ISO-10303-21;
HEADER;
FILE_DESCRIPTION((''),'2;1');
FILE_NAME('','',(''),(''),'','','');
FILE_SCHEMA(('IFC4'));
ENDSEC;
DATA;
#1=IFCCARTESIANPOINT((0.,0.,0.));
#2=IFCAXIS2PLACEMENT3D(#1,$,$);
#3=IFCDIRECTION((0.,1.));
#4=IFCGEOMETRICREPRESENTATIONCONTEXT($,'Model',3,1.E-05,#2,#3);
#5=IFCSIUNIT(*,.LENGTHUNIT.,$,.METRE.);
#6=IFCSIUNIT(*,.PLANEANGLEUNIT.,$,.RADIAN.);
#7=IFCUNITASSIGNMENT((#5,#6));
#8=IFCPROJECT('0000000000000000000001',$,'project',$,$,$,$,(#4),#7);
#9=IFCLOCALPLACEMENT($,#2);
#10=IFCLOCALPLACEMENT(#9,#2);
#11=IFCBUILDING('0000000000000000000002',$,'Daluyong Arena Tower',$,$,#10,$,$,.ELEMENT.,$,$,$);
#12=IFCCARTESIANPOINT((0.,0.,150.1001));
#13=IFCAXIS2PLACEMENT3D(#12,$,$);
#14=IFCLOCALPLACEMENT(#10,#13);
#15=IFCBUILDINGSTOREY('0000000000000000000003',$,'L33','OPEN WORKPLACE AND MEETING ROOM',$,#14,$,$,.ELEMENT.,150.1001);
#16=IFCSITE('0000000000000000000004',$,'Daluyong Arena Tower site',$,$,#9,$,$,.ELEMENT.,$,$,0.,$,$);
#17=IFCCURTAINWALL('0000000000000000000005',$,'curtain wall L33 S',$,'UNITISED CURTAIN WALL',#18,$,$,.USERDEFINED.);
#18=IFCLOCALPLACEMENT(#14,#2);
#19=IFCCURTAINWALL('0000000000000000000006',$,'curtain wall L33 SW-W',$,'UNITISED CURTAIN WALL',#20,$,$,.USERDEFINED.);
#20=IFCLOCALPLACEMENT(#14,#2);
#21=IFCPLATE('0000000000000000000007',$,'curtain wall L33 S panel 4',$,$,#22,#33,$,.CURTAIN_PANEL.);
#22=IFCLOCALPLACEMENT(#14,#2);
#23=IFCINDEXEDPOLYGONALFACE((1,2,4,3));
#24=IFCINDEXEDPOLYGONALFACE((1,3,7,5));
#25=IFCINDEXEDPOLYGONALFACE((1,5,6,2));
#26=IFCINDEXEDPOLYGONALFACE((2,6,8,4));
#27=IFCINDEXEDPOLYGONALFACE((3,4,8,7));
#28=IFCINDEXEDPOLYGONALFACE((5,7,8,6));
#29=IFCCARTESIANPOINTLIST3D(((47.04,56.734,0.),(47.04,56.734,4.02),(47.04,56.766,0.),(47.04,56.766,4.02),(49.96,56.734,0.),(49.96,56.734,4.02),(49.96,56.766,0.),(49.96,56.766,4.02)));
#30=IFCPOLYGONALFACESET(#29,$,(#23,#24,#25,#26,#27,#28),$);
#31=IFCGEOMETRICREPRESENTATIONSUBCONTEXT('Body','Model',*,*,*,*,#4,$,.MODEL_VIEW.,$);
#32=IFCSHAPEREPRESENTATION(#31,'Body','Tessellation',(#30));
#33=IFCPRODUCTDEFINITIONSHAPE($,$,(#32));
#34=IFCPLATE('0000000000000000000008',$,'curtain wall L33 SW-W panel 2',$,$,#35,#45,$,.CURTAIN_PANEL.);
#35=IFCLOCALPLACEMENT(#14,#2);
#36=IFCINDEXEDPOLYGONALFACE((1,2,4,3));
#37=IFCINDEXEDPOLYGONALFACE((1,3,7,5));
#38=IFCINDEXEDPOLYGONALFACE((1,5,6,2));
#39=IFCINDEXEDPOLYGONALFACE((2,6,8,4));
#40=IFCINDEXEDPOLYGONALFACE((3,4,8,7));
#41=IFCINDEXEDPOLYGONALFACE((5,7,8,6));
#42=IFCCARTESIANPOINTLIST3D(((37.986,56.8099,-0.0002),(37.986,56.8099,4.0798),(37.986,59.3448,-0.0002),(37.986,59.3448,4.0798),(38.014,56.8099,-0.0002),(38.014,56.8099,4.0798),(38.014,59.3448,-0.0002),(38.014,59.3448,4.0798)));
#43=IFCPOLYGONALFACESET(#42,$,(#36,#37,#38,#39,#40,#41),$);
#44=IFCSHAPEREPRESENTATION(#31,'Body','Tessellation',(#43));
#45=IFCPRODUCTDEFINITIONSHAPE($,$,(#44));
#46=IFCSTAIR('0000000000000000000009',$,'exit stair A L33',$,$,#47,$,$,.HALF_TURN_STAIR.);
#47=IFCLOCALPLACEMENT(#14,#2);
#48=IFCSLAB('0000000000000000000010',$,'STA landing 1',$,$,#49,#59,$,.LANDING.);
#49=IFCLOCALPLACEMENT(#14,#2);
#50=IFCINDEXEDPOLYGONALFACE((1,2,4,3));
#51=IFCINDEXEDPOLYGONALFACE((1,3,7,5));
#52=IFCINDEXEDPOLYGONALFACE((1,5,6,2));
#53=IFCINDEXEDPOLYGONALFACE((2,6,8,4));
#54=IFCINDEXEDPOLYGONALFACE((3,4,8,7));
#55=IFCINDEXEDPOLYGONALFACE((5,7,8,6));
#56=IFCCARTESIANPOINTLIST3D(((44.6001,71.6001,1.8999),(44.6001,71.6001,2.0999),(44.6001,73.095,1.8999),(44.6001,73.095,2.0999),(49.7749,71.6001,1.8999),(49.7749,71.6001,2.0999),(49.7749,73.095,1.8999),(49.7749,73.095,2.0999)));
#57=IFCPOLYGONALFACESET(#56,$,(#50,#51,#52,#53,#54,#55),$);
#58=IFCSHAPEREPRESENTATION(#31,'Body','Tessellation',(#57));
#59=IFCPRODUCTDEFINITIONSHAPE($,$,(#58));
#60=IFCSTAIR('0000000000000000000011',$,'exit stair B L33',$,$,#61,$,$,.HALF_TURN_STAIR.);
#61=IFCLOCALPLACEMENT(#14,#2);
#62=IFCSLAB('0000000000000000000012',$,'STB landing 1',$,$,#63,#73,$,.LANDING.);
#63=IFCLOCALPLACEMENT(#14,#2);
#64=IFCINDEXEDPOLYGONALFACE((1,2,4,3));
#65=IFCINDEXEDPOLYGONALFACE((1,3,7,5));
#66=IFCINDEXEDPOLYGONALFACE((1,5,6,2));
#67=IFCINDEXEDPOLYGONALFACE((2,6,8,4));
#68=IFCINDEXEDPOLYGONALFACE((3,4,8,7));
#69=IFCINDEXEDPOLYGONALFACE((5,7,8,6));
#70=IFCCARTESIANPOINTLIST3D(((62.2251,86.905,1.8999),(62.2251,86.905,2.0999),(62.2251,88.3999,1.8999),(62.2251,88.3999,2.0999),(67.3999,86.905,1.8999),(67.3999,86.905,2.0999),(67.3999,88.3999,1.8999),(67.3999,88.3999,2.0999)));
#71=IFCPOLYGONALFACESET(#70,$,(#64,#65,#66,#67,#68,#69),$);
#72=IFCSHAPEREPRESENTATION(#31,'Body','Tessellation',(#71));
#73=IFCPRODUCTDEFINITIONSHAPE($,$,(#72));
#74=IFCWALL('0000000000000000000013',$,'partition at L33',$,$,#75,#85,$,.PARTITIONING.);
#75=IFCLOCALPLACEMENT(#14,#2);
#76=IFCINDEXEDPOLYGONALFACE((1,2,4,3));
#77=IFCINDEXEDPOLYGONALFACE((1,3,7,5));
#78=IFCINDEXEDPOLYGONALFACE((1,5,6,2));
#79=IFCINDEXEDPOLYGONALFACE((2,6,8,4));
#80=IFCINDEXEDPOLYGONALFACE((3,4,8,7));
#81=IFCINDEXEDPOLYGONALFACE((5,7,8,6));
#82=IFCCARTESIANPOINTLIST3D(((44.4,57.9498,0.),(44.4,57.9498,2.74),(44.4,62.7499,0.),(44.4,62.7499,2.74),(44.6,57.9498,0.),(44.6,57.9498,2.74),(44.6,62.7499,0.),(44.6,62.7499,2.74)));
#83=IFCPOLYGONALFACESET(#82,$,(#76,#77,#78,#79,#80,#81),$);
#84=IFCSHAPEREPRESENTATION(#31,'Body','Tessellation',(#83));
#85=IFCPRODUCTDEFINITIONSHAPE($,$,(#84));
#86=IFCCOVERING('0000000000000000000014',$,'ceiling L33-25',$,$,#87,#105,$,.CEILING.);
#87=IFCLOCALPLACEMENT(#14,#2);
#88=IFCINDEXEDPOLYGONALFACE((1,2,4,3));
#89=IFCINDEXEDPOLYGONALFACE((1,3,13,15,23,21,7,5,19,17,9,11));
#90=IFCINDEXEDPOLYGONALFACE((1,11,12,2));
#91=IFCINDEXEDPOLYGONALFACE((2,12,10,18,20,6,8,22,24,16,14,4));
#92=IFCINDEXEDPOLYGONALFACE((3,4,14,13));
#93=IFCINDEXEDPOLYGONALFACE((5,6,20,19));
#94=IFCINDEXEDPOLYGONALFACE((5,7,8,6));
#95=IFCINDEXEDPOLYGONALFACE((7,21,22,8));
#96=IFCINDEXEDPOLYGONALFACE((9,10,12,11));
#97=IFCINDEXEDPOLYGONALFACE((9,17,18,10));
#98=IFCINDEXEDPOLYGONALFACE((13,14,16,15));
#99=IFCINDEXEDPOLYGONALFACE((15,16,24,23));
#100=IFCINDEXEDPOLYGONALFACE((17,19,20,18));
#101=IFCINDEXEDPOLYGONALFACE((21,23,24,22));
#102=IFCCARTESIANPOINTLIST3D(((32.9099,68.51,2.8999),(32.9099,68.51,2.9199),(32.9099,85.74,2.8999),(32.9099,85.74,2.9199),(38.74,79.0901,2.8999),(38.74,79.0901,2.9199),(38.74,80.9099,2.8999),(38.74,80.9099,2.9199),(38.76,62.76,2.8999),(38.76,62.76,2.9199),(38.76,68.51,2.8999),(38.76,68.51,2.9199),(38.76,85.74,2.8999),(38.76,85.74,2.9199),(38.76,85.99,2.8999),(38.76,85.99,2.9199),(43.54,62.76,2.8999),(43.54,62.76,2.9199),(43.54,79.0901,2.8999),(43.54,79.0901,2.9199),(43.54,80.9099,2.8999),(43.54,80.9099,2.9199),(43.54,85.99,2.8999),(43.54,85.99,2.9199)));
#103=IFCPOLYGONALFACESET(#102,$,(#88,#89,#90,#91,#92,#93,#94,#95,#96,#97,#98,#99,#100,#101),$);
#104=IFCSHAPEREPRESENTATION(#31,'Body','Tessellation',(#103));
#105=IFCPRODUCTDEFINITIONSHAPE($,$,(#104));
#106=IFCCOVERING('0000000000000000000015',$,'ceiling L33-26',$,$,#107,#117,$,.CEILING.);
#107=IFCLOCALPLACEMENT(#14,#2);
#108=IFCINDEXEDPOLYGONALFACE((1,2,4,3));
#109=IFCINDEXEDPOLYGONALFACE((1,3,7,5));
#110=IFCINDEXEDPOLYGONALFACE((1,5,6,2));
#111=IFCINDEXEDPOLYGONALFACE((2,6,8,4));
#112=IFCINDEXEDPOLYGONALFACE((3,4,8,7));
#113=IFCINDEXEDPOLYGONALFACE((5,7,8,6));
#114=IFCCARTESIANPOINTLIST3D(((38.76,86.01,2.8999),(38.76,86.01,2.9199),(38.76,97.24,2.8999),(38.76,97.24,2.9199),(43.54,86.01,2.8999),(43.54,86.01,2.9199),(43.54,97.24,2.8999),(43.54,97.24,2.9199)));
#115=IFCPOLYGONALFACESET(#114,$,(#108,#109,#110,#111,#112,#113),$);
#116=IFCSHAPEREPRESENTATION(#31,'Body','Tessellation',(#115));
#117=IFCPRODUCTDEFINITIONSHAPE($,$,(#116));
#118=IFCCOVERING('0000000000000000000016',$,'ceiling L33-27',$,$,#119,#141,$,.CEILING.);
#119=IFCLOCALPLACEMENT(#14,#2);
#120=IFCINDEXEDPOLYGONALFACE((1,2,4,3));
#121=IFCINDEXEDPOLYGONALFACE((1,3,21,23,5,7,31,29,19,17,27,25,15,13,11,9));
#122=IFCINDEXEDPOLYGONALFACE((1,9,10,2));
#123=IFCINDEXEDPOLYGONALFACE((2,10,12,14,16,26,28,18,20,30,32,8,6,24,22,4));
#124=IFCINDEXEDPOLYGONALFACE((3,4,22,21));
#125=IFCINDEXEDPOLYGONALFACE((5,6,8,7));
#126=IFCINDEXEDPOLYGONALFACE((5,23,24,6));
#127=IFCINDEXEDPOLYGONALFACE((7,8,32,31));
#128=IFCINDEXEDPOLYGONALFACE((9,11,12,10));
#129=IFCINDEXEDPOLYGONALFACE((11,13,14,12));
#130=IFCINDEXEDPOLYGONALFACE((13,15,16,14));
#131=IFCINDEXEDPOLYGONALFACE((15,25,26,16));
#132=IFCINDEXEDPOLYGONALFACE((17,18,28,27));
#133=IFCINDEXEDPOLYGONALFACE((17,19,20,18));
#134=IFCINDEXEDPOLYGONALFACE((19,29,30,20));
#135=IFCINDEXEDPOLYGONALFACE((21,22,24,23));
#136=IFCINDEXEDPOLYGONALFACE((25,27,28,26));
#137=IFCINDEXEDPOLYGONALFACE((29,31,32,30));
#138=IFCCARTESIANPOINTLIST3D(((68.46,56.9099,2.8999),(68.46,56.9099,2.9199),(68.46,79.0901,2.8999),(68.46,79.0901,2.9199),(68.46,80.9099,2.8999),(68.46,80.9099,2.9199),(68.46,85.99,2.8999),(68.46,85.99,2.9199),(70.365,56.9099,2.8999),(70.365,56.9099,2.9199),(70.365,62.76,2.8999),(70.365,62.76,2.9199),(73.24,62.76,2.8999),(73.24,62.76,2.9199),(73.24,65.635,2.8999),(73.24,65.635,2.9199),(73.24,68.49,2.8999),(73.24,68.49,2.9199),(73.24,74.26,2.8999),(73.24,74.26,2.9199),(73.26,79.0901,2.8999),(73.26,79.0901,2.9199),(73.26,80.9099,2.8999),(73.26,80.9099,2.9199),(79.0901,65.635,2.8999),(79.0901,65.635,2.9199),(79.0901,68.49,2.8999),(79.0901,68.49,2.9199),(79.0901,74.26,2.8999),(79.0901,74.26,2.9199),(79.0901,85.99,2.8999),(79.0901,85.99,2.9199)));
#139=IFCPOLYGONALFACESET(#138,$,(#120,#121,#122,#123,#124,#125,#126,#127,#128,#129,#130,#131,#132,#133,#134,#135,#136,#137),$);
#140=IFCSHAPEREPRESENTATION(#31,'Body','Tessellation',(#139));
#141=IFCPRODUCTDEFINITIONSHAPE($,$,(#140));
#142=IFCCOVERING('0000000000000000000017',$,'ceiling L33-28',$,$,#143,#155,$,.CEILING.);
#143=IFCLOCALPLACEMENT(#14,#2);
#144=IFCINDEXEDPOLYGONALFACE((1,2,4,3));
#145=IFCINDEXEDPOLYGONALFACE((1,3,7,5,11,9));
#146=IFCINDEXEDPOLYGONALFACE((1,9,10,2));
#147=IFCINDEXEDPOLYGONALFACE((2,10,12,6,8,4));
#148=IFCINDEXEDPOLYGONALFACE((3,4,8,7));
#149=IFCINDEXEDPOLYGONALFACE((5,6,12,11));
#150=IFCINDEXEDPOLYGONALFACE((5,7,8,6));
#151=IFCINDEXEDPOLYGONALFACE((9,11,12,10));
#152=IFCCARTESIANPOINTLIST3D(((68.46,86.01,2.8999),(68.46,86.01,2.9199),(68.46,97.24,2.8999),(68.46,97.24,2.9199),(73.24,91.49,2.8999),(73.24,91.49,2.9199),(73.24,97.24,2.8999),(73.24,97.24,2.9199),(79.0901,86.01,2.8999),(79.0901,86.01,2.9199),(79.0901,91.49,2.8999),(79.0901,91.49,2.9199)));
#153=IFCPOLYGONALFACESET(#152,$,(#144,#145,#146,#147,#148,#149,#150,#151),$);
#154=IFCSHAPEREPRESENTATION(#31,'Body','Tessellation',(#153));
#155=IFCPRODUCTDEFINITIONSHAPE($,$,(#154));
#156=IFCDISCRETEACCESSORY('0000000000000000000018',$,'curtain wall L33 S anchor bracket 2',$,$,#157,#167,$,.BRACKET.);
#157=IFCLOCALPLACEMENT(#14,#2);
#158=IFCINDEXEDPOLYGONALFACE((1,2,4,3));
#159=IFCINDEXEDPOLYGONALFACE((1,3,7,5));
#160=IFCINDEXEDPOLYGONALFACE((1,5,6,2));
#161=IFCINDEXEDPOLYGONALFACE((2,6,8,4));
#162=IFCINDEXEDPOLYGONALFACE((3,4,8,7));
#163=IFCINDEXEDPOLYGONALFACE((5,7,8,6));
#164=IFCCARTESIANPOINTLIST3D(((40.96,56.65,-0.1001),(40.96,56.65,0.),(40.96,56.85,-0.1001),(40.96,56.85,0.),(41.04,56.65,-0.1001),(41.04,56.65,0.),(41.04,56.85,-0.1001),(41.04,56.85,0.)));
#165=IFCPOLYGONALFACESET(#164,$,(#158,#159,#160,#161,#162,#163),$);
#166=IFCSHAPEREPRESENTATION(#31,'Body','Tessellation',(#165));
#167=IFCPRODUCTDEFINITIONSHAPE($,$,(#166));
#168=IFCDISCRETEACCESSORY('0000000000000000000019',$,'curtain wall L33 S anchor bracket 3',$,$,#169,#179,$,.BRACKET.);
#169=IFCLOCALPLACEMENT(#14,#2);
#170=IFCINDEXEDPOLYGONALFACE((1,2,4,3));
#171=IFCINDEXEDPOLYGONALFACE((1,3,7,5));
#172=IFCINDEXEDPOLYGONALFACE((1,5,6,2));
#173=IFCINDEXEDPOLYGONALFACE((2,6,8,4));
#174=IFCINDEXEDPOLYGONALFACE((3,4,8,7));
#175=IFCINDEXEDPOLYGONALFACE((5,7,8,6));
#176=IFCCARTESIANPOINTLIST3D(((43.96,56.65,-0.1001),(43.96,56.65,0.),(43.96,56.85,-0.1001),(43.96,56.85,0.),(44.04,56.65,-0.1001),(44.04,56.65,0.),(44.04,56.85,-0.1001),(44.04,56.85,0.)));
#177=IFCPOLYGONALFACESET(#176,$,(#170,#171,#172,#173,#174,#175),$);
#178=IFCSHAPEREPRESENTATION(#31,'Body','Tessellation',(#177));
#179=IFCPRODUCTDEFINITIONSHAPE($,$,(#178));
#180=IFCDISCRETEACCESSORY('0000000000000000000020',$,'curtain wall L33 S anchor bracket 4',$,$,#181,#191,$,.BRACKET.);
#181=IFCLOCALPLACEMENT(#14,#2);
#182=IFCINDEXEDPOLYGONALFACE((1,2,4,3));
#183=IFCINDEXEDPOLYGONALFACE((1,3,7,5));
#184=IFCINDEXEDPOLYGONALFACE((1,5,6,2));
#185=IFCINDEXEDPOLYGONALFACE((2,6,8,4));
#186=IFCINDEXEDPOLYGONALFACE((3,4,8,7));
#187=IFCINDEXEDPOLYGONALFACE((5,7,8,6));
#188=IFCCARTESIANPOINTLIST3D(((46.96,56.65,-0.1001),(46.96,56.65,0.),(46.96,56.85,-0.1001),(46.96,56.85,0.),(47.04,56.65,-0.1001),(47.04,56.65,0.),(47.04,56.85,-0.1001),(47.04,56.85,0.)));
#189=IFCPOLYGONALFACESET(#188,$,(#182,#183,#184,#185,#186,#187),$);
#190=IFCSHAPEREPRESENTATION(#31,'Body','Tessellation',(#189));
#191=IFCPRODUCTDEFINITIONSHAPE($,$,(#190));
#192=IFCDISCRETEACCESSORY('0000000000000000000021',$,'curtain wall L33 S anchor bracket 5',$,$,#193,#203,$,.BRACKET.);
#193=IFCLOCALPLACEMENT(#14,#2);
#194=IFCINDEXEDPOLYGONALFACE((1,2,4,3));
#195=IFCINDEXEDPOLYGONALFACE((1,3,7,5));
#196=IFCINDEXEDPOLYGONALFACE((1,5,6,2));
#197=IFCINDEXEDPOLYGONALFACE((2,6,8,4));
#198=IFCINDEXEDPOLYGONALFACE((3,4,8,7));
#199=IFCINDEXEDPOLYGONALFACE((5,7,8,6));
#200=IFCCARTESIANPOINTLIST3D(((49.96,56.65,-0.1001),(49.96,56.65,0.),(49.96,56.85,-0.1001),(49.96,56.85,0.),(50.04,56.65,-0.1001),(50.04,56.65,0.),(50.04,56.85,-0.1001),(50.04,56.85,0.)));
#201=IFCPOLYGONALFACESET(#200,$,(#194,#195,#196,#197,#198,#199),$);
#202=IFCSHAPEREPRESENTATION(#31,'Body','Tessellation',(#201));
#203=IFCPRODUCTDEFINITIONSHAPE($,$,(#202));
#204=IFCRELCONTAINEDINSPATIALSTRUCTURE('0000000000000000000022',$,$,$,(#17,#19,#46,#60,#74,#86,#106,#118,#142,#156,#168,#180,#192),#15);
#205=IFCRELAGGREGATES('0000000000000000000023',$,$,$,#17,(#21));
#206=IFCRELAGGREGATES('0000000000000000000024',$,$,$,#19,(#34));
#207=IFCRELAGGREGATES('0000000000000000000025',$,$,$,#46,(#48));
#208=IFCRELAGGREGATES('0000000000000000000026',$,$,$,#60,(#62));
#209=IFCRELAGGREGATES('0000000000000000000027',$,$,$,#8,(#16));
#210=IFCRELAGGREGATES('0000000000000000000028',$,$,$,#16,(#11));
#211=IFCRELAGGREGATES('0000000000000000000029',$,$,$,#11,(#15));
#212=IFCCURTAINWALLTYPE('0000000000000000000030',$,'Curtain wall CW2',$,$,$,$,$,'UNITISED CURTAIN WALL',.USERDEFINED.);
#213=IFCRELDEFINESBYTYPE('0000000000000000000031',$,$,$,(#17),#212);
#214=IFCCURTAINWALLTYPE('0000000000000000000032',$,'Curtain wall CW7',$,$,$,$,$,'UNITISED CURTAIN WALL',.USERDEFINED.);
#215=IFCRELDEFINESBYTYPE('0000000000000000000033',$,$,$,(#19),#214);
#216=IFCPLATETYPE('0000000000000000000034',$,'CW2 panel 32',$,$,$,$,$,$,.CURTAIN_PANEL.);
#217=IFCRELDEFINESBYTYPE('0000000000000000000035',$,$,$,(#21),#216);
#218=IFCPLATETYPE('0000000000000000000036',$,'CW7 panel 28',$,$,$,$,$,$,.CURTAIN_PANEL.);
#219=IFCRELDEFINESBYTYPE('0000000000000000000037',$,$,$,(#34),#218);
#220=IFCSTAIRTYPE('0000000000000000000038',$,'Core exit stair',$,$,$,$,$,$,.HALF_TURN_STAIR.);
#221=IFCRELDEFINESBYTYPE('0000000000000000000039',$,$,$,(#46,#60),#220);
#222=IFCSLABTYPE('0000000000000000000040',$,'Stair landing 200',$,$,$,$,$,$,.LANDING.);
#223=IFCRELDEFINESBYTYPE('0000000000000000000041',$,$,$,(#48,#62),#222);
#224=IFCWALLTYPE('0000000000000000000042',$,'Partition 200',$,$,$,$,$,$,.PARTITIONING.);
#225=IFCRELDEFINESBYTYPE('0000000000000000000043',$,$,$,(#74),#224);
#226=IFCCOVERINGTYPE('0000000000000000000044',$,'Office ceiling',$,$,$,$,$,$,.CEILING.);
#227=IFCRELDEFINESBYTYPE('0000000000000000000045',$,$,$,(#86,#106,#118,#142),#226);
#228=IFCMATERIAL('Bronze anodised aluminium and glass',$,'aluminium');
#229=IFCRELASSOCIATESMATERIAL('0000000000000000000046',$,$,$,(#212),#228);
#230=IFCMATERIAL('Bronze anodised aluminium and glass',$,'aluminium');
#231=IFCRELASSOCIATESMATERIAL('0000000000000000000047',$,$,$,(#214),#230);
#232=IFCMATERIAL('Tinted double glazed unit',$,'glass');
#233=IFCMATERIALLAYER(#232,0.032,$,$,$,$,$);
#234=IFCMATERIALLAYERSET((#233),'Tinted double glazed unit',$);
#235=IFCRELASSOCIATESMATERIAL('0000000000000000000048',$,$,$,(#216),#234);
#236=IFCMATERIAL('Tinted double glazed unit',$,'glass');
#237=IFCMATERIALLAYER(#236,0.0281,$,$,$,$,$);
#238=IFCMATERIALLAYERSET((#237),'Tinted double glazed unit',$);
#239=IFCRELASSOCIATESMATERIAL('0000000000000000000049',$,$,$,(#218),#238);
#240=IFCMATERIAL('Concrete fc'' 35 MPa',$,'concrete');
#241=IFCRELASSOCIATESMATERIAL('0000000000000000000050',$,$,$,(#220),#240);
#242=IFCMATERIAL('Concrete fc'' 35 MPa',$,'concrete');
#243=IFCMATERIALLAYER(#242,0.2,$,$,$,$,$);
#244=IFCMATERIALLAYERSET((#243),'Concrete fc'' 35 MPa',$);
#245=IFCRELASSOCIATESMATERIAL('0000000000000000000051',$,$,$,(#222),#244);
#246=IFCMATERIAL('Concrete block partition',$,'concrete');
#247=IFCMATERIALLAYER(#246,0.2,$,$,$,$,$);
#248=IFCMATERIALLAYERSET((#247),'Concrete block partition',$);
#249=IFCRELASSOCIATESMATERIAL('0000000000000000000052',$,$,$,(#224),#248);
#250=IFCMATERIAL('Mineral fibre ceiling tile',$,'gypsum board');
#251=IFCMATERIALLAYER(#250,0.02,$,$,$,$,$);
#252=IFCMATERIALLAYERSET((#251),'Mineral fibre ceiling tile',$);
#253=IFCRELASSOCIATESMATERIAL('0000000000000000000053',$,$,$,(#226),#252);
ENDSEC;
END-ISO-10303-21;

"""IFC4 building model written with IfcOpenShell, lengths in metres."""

from ifc_helpers import new_model, si_unit, direction, frame, frame_2d, origin, origin_2d, place, context, subcontext, project, spatial, polyline, rectangle, outline, extrude, material, layer, layer_set, type_object, element, aggregate, save


model = new_model("IFC4")

# Units and contexts
model_context = context("Model", 3, precision=1e-05, world=origin(), true_north=direction((0.0, 1.0)))
body_context = subcontext(model_context, "Body", "Model", "MODEL_VIEW")
ifc_project = project(units=[si_unit("LENGTHUNIT", "METRE"), si_unit("PLANEANGLEUNIT", "RADIAN")], contexts=[model_context])

# Site, building, storey
site_placement = place(None, origin())
site = spatial("IfcSite", under=ifc_project, at=site_placement, Name="Daluyong Arena Tower site", CompositionType="ELEMENT", RefElevation=0.0)
building_placement = place(site_placement, origin())
building = spatial("IfcBuilding", under=site, at=building_placement, Name="Daluyong Arena Tower", CompositionType="ELEMENT")
storey_placement = place(building_placement, frame((0.0, 0.0, 150.1001)))
storey = spatial("IfcBuildingStorey", under=building, at=storey_placement, Name="L33", Description="OPEN WORKPLACE AND MEETING ROOM", CompositionType="ELEMENT", Elevation=150.1001)

# Curtain wall
ifc_material_1 = material(Name="Bronze anodised aluminium and glass", Category="aluminium")
curtain_wall_type_1 = type_object("IfcCurtainWallType", Name="Curtain wall CW2", ElementType="UNITISED CURTAIN WALL", PredefinedType="USERDEFINED", material=ifc_material_1)
curtain_wall_1_placement = place(storey_placement, origin())
curtain_wall_1 = element("IfcCurtainWall", 1, at=curtain_wall_1_placement, inside=storey, type_object=curtain_wall_type_1, Name="curtain wall L33 S", ObjectType="UNITISED CURTAIN WALL", PredefinedType="USERDEFINED")

# Curtain wall
ifc_material_2 = material(Name="Bronze anodised aluminium and glass", Category="aluminium")
curtain_wall_type_2 = type_object("IfcCurtainWallType", Name="Curtain wall CW7", ElementType="UNITISED CURTAIN WALL", PredefinedType="USERDEFINED", material=ifc_material_2)
curtain_wall_2_placement = place(storey_placement, origin())
curtain_wall_2 = element("IfcCurtainWall", 2, at=curtain_wall_2_placement, inside=storey, type_object=curtain_wall_type_2, Name="curtain wall L33 SW-W", ObjectType="UNITISED CURTAIN WALL", PredefinedType="USERDEFINED")

# Plates
ifc_material_3 = material(Name="Tinted double glazed unit", Category="glass")
ifc_layer_1 = layer(ifc_material_3, 0.032)
ifc_layer_set_1 = layer_set([ifc_layer_1], Name="Tinted double glazed unit")
plate_type_1 = type_object("IfcPlateType", Name="CW2 panel 32", PredefinedType="CURTAIN_PANEL", material=ifc_layer_set_1)
plate_1_placement = place(storey_placement, frame((48.5, 56.75, 0.0), z_axis=(0.0, 0.0, 1.0), x_axis=(1.0, 0.0, 0.0)))
plate_1 = element("IfcPlate", 3, at=plate_1_placement, type_object=plate_type_1, Name="curtain wall L33 S panel 4", PredefinedType="CURTAIN_PANEL", context=body_context, shape_type="SweptSolid", body=[
    extrude(rectangle(XDim=2.9199, YDim=0.032, at=origin_2d()), origin(), (0.0, 0.0, 1.0), 4.02),
])
aggregate(curtain_wall_1, [plate_1])
ifc_material_4 = material(Name="Tinted double glazed unit", Category="glass")
ifc_layer_2 = layer(ifc_material_4, 0.0281)
ifc_layer_set_2 = layer_set([ifc_layer_2], Name="Tinted double glazed unit")
plate_type_2 = type_object("IfcPlateType", Name="CW7 panel 28", PredefinedType="CURTAIN_PANEL", material=ifc_layer_set_2)
plate_2_placement = place(storey_placement, frame((38.0, 58.0774, -0.0002), z_axis=(0.0, 0.0, 1.0), x_axis=(0.0, -1.0, 0.0)))
plate_2 = element("IfcPlate", 4, at=plate_2_placement, type_object=plate_type_2, Name="curtain wall L33 SW-W panel 2", PredefinedType="CURTAIN_PANEL", context=body_context, shape_type="SweptSolid", body=[
    extrude(rectangle(XDim=2.5349, YDim=0.0281, at=origin_2d()), origin(), (0.0, 0.0, 1.0), 4.0801),
])
aggregate(curtain_wall_2, [plate_2])

# Stairs, slabs
ifc_material_5 = material(Name="Concrete fc' 35 MPa", Category="concrete")
stair_type = type_object("IfcStairType", Name="Core exit stair", PredefinedType="HALF_TURN_STAIR", material=ifc_material_5)
stair_1_placement = place(storey_placement, origin())
stair_1 = element("IfcStair", 5, at=stair_1_placement, inside=storey, type_object=stair_type, Name="exit stair A L33", PredefinedType="HALF_TURN_STAIR")
ifc_material_6 = material(Name="Concrete fc' 35 MPa", Category="concrete")
ifc_layer_3 = layer(ifc_material_6, 0.2)
ifc_layer_set_3 = layer_set([ifc_layer_3], Name="Concrete fc' 35 MPa")
slab_type = type_object("IfcSlabType", Name="Stair landing 200", PredefinedType="LANDING", material=ifc_layer_set_3)
slab_1_placement = place(storey_placement, frame((0.0, 0.0, 1.8999)))
slab_1 = element("IfcSlab", 6, at=slab_1_placement, type_object=slab_type, Name="STA landing 1", PredefinedType="LANDING", context=body_context, shape_type="SweptSolid", body=[
    extrude(outline(polyline([(44.6001, 71.6001), (49.7749, 71.6001), (49.7749, 73.095), (44.6001, 73.095), (44.6001, 71.6001)])), origin(), (0.0, 0.0, 1.0), 0.2),
])
aggregate(stair_1, [slab_1])
stair_2_placement = place(storey_placement, origin())
stair_2 = element("IfcStair", 7, at=stair_2_placement, inside=storey, type_object=stair_type, Name="exit stair B L33", PredefinedType="HALF_TURN_STAIR")
slab_2_placement = place(storey_placement, frame((0.0, 0.0, 1.8999)))
slab_2 = element("IfcSlab", 8, at=slab_2_placement, type_object=slab_type, Name="STB landing 1", PredefinedType="LANDING", context=body_context, shape_type="SweptSolid", body=[
    extrude(outline(polyline([(62.2251, 86.905), (67.3999, 86.905), (67.3999, 88.3999), (62.2251, 88.3999), (62.2251, 86.905)])), origin(), (0.0, 0.0, 1.0), 0.2),
])
aggregate(stair_2, [slab_2])

# Wall
ifc_material_7 = material(Name="Concrete block partition", Category="concrete")
ifc_layer_4 = layer(ifc_material_7, 0.2)
ifc_layer_set_4 = layer_set([ifc_layer_4], Name="Concrete block partition")
wall_type = type_object("IfcWallType", Name="Partition 200", PredefinedType="PARTITIONING", material=ifc_layer_set_4)
wall_placement = place(storey_placement, frame((44.5, 57.95, 0.0), z_axis=(0.0, 0.0, 1.0), x_axis=(0.0, 1.0, 0.0)))
element("IfcWall", 9, at=wall_placement, inside=storey, type_object=wall_type, Name="partition at L33", PredefinedType="PARTITIONING", context=body_context, shape_type="SweptSolid", body=[
    extrude(rectangle(XDim=4.8, YDim=0.2, at=frame_2d((2.3999, 0.0))), origin(), (0.0, 0.0, 1.0), 2.74),
])

# Coverings
ifc_material_8 = material(Name="Mineral fibre ceiling tile", Category="gypsum board")
ifc_layer_5 = layer(ifc_material_8, 0.02)
ifc_layer_set_5 = layer_set([ifc_layer_5], Name="Mineral fibre ceiling tile")
covering_type = type_object("IfcCoveringType", Name="Office ceiling", PredefinedType="CEILING", material=ifc_layer_set_5)
covering_1_placement = place(storey_placement, frame((0.0, 0.0, 2.8999)))
element("IfcCovering", 10, at=covering_1_placement, inside=storey, type_object=covering_type, Name="ceiling L33-25", PredefinedType="CEILING", context=body_context, shape_type="SweptSolid", body=[
    extrude(outline(polyline([(38.76, 62.76), (43.54, 62.76), (43.54, 79.0901), (38.74, 79.0901), (38.74, 80.9099), (43.54, 80.9099), (43.54, 85.99), (38.76, 85.99), (38.76, 85.74), (32.9099, 85.74), (32.9099, 68.51), (38.76, 68.51), (38.76, 62.76)])), origin(), (0.0, 0.0, 1.0), 0.02),
])
covering_2_placement = place(storey_placement, frame((0.0, 0.0, 2.8999)))
element("IfcCovering", 11, at=covering_2_placement, inside=storey, type_object=covering_type, Name="ceiling L33-26", PredefinedType="CEILING", context=body_context, shape_type="SweptSolid", body=[
    extrude(outline(polyline([(38.76, 97.24), (38.76, 86.01), (43.54, 86.01), (43.54, 97.24), (38.76, 97.24)])), origin(), (0.0, 0.0, 1.0), 0.02),
])
covering_3_placement = place(storey_placement, frame((0.0, 0.0, 2.8999)))
element("IfcCovering", 12, at=covering_3_placement, inside=storey, type_object=covering_type, Name="ceiling L33-27", PredefinedType="CEILING", context=body_context, shape_type="SweptSolid", body=[
    extrude(outline(polyline([(73.24, 62.76), (73.24, 65.635), (79.0901, 65.635), (79.0901, 68.49), (73.24, 68.49), (73.24, 74.26), (79.0901, 74.26), (79.0901, 85.99), (68.46, 85.99), (68.46, 80.9099), (73.26, 80.9099), (73.26, 79.0901), (68.46, 79.0901), (68.46, 56.9099), (70.365, 56.9099), (70.365, 62.76), (73.24, 62.76)])), origin(), (0.0, 0.0, 1.0), 0.02),
])
covering_4_placement = place(storey_placement, frame((0.0, 0.0, 2.8999)))
element("IfcCovering", 13, at=covering_4_placement, inside=storey, type_object=covering_type, Name="ceiling L33-28", PredefinedType="CEILING", context=body_context, shape_type="SweptSolid", body=[
    extrude(outline(polyline([(73.24, 97.24), (68.46, 97.24), (68.46, 86.01), (79.0901, 86.01), (79.0901, 91.49), (73.24, 91.49), (73.24, 97.24)])), origin(), (0.0, 0.0, 1.0), 0.02),
])

# Discrete accessories
for number, where, z_axis, x_axis, name in (
    (14, (41.0, 56.75, -0.1001), (0.0, 0.0, 1.0), (1.0, 0.0, 0.0), "curtain wall L33 S anchor bracket 2"),
    (15, (44.0, 56.75, -0.1001), (0.0, 0.0, 1.0), (1.0, 0.0, 0.0), "curtain wall L33 S anchor bracket 3"),
    (16, (47.0, 56.75, -0.1001), (0.0, 0.0, 1.0), (1.0, 0.0, 0.0), "curtain wall L33 S anchor bracket 4"),
    (17, (50.0, 56.75, -0.1001), (0.0, 0.0, 1.0), (1.0, 0.0, 0.0), "curtain wall L33 S anchor bracket 5"),
):
    element("IfcDiscreteAccessory", number, at=place(storey_placement, frame(where, z_axis=z_axis, x_axis=x_axis)), inside=storey, Name=name, PredefinedType="BRACKET", context=body_context, shape_type="SweptSolid", body=[
        extrude(rectangle(XDim=0.0801, YDim=0.2, at=origin_2d()), origin(), (0.0, 0.0, 1.0), 0.1001),
    ])

save(model, "model.ifc")
